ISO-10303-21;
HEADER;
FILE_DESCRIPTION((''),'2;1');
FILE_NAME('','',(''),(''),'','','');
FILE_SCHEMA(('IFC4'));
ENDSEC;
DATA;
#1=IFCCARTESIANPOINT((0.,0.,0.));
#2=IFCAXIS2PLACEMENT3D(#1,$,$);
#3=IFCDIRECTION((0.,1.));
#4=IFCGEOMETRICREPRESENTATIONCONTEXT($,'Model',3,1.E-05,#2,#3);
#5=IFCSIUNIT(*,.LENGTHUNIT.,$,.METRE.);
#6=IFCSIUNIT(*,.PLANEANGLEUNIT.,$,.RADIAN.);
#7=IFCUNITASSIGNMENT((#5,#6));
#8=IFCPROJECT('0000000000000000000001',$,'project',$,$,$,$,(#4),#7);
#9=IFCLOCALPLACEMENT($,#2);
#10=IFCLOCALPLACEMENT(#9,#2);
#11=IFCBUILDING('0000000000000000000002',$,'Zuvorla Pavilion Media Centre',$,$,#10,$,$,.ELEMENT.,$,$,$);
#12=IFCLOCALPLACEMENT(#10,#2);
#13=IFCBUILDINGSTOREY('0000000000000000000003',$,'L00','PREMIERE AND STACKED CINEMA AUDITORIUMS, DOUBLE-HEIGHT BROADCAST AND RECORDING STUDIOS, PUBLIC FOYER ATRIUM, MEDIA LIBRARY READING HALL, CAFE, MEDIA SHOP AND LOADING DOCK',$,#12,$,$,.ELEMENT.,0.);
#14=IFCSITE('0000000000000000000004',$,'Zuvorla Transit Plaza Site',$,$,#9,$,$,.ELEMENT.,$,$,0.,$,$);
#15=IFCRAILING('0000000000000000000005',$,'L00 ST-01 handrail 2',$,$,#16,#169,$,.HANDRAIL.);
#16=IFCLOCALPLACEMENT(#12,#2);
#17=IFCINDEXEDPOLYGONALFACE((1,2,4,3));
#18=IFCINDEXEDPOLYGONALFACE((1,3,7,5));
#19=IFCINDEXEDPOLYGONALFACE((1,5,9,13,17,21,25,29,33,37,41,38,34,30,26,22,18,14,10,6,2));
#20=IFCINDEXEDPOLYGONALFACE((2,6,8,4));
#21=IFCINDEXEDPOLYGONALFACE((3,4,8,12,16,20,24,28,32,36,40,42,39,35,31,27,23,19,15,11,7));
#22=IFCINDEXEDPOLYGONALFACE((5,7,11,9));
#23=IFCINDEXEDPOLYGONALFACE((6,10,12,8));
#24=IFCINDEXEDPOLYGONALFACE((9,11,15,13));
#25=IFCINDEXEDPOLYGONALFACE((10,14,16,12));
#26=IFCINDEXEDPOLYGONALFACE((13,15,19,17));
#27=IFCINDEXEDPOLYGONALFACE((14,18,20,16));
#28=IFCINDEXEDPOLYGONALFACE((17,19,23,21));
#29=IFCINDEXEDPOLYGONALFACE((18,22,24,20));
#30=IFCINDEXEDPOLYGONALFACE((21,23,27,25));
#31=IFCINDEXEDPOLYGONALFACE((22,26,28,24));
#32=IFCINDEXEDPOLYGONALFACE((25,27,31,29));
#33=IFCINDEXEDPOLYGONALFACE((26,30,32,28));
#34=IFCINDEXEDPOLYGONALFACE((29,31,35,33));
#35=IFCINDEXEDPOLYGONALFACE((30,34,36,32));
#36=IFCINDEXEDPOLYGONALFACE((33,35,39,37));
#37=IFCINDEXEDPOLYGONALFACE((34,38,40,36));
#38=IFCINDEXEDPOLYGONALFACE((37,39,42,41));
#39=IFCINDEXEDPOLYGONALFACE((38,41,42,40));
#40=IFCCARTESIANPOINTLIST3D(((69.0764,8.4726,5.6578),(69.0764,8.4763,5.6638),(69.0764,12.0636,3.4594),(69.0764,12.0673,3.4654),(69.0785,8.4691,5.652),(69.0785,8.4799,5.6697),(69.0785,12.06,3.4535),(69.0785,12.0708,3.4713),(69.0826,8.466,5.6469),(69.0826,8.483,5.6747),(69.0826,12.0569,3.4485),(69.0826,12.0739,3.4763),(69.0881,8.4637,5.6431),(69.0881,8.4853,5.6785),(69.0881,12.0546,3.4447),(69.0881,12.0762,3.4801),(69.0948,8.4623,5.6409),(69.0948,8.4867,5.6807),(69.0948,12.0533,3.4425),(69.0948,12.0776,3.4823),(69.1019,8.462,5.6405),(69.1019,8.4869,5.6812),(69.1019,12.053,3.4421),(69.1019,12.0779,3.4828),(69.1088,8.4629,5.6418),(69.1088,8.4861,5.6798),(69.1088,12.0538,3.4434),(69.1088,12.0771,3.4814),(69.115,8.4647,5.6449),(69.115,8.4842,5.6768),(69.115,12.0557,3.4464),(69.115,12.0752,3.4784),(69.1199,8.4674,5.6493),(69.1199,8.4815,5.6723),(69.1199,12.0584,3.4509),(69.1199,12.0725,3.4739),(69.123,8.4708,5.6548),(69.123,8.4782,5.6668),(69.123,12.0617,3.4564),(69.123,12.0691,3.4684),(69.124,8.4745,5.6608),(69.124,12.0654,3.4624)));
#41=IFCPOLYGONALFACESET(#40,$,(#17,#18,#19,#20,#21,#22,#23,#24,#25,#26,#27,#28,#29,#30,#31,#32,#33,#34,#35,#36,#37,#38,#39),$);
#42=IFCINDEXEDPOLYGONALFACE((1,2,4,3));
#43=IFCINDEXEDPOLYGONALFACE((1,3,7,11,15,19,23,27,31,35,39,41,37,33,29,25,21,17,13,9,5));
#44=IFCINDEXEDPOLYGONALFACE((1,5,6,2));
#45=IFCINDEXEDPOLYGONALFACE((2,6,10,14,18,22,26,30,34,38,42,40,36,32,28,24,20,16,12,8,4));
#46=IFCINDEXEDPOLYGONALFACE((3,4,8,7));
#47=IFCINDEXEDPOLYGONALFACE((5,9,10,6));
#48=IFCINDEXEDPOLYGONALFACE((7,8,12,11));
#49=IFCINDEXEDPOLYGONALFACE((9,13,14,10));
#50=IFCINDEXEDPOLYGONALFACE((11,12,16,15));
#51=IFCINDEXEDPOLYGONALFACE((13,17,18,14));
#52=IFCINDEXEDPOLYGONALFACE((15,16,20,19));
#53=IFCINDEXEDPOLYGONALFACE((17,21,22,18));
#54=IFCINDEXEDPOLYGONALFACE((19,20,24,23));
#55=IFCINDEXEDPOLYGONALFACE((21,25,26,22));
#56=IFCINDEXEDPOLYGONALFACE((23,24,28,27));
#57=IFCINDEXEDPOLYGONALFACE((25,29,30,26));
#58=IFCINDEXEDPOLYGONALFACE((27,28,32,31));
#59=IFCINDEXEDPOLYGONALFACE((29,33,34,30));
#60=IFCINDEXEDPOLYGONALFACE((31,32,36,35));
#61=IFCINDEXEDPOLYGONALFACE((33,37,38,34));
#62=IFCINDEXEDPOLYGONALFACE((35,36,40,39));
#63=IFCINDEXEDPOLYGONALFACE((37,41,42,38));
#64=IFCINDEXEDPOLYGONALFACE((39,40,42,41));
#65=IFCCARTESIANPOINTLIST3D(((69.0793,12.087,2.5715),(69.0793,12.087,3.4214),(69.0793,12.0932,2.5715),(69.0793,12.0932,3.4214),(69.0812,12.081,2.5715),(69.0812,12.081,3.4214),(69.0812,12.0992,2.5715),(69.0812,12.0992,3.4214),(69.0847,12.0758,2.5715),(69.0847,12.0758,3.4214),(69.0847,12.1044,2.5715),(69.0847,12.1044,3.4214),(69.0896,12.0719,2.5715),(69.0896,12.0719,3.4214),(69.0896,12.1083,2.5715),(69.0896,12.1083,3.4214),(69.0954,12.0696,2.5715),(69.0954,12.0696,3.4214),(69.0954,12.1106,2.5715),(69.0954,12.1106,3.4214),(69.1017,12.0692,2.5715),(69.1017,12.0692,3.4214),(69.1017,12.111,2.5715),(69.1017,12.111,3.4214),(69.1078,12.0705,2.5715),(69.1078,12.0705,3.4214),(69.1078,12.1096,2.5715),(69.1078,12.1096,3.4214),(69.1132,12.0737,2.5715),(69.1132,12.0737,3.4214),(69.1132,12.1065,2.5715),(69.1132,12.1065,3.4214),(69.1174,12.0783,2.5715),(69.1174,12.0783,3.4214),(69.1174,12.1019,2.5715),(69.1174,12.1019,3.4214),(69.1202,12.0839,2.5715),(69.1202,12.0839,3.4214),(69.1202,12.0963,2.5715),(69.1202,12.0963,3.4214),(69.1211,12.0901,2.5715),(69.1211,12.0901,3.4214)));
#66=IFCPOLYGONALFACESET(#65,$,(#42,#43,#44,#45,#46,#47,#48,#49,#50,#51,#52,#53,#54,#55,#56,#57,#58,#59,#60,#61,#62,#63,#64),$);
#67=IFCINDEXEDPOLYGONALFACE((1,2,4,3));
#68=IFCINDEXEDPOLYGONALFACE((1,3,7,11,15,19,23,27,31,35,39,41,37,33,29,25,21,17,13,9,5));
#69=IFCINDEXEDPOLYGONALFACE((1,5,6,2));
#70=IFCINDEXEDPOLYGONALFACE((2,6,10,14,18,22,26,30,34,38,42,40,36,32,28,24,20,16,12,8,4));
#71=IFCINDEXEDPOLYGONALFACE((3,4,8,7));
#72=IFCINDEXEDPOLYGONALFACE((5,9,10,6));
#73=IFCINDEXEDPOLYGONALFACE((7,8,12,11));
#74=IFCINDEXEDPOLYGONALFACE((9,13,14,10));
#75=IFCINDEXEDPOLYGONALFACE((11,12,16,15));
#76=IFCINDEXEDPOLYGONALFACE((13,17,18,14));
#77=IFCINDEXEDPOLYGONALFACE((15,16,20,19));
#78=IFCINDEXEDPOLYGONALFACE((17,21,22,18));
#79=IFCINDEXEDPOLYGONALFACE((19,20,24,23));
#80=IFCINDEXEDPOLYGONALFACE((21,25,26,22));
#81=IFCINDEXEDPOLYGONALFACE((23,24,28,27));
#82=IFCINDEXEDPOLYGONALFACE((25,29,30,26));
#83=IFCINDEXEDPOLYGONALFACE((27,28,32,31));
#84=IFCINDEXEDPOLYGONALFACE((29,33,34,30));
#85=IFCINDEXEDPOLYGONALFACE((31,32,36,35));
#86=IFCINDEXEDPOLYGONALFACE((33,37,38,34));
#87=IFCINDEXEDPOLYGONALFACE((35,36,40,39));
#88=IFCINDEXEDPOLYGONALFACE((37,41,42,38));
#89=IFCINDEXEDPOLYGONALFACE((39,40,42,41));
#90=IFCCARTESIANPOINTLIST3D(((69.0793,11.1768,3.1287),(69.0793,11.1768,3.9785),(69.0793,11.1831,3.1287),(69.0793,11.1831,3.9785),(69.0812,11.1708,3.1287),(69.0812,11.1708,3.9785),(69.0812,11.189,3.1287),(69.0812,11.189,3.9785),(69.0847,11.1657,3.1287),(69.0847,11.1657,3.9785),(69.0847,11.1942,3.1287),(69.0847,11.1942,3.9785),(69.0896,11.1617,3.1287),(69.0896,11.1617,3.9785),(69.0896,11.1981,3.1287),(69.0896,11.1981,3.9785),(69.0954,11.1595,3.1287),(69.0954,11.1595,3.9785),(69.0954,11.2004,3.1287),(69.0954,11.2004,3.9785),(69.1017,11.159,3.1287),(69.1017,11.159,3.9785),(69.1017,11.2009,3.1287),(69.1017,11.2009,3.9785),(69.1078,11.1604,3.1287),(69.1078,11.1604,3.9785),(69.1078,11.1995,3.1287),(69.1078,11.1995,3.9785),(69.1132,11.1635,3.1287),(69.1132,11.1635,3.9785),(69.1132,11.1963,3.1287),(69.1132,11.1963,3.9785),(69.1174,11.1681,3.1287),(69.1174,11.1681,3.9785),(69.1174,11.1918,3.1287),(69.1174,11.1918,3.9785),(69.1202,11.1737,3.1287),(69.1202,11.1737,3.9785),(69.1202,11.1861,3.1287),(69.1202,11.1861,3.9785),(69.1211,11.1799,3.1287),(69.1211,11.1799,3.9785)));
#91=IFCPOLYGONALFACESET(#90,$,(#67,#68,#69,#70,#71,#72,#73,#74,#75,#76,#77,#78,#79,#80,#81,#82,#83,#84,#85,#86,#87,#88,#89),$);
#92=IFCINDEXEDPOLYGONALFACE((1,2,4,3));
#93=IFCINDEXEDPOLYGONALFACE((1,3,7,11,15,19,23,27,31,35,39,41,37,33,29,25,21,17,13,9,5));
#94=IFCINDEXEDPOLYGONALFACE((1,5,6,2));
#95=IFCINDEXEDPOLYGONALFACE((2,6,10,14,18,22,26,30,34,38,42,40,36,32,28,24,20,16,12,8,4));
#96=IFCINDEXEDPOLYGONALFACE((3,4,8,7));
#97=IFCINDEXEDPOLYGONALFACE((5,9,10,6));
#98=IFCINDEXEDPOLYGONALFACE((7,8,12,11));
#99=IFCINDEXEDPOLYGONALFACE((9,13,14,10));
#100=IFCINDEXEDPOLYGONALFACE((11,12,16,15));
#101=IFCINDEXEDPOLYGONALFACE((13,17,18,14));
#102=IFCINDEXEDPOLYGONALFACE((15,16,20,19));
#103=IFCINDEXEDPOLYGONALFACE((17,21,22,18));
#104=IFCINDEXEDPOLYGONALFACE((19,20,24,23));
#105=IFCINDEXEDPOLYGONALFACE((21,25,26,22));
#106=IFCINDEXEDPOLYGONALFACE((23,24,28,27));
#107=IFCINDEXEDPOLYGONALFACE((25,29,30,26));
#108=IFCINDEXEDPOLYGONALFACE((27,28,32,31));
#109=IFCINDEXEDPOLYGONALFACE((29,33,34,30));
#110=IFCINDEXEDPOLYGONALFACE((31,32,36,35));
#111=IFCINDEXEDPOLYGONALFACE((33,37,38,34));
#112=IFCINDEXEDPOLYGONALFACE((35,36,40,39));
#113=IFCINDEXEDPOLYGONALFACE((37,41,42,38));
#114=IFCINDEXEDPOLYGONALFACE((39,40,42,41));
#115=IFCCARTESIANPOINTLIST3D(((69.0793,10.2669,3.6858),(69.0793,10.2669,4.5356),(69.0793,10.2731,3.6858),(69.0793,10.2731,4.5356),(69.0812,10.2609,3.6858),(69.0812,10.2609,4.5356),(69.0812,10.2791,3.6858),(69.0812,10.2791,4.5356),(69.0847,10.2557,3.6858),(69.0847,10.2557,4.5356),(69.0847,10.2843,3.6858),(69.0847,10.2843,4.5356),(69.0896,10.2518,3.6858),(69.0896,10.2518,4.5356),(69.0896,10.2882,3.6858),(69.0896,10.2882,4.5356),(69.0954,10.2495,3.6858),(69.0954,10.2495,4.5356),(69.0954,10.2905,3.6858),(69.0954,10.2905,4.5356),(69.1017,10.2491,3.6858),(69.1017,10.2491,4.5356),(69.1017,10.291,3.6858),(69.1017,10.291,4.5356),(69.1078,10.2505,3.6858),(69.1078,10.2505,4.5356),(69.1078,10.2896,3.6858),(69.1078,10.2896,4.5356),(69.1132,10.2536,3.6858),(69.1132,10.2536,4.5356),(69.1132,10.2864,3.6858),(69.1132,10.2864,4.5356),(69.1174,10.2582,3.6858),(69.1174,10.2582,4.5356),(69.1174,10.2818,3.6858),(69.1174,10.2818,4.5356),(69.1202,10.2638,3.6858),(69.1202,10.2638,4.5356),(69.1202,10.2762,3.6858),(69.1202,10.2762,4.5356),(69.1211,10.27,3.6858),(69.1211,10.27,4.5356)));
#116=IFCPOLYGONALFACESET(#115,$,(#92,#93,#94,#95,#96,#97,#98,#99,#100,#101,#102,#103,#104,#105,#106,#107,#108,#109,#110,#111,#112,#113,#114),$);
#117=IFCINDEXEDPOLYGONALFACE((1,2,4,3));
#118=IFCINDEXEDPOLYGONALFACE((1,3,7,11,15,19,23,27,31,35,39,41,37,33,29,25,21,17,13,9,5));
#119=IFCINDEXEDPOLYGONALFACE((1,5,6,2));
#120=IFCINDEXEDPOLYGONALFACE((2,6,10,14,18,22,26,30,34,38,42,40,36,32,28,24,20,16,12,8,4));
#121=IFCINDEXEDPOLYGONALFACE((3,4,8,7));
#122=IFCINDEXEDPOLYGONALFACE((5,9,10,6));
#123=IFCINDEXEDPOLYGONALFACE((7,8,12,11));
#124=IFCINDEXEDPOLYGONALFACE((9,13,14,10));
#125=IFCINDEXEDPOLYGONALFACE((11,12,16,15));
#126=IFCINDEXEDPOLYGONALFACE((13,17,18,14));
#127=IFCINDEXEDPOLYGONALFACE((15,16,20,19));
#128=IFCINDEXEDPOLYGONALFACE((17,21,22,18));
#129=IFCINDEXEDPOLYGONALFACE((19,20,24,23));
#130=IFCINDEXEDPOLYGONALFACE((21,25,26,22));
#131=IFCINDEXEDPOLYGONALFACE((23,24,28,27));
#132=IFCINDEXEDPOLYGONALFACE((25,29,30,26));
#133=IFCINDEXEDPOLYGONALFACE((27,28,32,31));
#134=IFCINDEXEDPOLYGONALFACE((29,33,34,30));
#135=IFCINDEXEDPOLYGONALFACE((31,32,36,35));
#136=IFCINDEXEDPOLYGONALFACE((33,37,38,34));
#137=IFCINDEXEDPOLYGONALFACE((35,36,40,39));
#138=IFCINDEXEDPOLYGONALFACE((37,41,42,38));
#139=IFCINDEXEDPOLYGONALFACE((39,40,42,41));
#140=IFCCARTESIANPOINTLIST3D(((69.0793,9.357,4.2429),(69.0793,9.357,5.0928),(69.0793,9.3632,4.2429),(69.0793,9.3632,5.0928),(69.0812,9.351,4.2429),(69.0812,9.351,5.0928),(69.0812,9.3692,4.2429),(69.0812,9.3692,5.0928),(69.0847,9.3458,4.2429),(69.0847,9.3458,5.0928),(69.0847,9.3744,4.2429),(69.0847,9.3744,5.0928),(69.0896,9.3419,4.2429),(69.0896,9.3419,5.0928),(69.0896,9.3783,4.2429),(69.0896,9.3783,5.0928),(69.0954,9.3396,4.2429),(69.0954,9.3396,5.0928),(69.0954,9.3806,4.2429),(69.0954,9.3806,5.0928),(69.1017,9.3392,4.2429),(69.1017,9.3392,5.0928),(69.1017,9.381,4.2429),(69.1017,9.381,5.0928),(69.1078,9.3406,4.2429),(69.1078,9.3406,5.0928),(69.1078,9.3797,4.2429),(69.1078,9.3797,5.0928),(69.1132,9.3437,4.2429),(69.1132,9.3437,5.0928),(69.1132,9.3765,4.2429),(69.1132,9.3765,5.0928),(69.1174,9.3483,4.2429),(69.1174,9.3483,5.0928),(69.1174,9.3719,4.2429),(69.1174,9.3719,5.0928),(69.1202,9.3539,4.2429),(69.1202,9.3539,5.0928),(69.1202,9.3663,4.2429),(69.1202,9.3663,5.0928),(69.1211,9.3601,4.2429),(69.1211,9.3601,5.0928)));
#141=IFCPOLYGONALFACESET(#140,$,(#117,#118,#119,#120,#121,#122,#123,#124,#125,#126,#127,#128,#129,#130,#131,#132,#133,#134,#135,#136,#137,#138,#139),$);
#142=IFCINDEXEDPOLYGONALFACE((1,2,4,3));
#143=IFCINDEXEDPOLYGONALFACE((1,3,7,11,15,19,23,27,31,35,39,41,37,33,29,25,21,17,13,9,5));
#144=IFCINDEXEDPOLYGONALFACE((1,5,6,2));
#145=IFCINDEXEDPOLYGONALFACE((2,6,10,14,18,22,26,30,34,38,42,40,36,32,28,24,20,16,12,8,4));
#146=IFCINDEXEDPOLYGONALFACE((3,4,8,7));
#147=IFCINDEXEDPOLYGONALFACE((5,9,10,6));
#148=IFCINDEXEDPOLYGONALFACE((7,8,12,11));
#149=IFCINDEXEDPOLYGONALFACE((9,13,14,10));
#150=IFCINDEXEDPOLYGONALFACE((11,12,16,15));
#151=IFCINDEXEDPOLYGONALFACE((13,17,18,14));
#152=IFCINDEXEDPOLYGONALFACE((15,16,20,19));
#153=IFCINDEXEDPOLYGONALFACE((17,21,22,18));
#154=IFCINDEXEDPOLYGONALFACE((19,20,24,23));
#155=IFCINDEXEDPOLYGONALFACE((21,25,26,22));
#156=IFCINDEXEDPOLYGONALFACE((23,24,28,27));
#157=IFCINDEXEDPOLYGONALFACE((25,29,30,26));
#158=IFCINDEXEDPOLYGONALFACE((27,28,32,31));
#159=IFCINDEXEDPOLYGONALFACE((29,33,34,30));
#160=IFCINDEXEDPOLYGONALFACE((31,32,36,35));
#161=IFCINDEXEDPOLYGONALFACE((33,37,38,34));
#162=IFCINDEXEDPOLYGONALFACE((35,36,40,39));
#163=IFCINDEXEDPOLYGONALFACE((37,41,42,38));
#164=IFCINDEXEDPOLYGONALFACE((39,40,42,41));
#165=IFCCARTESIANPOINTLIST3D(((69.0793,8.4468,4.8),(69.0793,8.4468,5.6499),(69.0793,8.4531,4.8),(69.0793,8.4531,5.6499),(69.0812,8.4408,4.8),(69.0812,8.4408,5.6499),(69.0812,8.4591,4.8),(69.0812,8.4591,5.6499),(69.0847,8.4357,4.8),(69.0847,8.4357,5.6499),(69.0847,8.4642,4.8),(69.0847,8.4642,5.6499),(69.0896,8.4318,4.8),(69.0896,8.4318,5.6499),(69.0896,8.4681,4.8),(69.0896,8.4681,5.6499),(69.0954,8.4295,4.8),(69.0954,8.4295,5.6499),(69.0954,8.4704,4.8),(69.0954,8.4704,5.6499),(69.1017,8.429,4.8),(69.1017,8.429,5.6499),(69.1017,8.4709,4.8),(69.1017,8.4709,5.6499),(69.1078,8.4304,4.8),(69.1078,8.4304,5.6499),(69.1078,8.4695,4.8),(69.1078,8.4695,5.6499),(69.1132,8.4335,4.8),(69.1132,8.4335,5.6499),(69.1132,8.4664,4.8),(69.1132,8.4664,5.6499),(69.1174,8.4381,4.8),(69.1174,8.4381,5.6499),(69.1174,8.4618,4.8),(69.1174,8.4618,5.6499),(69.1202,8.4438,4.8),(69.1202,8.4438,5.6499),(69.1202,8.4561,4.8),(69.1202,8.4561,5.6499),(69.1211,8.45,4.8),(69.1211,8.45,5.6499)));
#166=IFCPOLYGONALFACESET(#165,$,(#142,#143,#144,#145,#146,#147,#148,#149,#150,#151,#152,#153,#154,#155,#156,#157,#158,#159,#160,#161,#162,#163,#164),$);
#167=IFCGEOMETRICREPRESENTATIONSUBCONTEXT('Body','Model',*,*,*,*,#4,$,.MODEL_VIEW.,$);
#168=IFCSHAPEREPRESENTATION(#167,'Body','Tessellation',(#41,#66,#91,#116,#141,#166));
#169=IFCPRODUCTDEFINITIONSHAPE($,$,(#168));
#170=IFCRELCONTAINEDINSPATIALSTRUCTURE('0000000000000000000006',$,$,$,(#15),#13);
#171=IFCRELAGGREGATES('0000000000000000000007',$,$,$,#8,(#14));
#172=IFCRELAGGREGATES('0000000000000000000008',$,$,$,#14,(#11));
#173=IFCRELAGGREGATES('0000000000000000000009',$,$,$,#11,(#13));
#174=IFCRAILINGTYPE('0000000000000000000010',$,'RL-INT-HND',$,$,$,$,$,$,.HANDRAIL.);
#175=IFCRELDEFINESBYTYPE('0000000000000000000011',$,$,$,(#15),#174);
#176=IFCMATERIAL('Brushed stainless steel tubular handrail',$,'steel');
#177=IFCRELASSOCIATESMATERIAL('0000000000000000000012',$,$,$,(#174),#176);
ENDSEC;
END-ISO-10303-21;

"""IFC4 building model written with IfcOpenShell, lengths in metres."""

from ifc_helpers import new_model, si_unit, direction, frame, origin, origin_2d, place, context, subcontext, project, spatial, circle, extrude, material, type_object, element, save


model = new_model("IFC4")

# Units and contexts
model_context = context("Model", 3, precision=1e-05, world=origin(), true_north=direction((0.0, 1.0)))
body_context = subcontext(model_context, "Body", "Model", "MODEL_VIEW")
ifc_project = project(units=[si_unit("LENGTHUNIT", "METRE"), si_unit("PLANEANGLEUNIT", "RADIAN")], contexts=[model_context])

# Site, building, storey
site_placement = place(None, origin())
site = spatial("IfcSite", under=ifc_project, at=site_placement, Name="Zuvorla Transit Plaza Site", CompositionType="ELEMENT", RefElevation=0.0)
building_placement = place(site_placement, origin())
building = spatial("IfcBuilding", under=site, at=building_placement, Name="Zuvorla Pavilion Media Centre", CompositionType="ELEMENT")
storey_placement = place(building_placement, origin())
storey = spatial("IfcBuildingStorey", under=building, at=storey_placement, Name="L00", Description="PREMIERE AND STACKED CINEMA AUDITORIUMS, DOUBLE-HEIGHT BROADCAST AND RECORDING STUDIOS, PUBLIC FOYER ATRIUM, MEDIA LIBRARY READING HALL, CAFE, MEDIA SHOP AND LOADING DOCK", CompositionType="ELEMENT", Elevation=0.0)

# Railing
ifc_material_1 = material(Name="Brushed stainless steel tubular handrail", Category="steel")
railing_type_1 = type_object("IfcRailingType", Name="RL-INT-HND", PredefinedType="HANDRAIL", material=ifc_material_1)
railing_1_placement = place(storey_placement, frame((69.1001, 12.0901, 2.5715)))
element("IfcRailing", 1, at=railing_1_placement, inside=storey, type_object=railing_type_1, Name="L00 ST-01 handrail 2", PredefinedType="HANDRAIL", context=body_context, shape_type="SweptSolid", body=[
    extrude(circle(Radius=0.0239, at=origin_2d()), frame((0.0, -0.0247, 0.8909), z_axis=(0.0, -0.852866, 0.52213), x_axis=(1.0, 0.0, 0.0)), (0.0, 0.0, 1.0), 4.2104),
    extrude(circle(Radius=0.021, at=origin_2d()), origin(), (0.0, 0.0, 1.0), 0.8499),
    extrude(circle(Radius=0.021, at=origin_2d()), frame((0.0, -0.9102, 0.5571)), (0.0, 0.0, 1.0), 0.8499),
    extrude(circle(Radius=0.021, at=origin_2d()), frame((0.0, -1.8201, 1.1143)), (0.0, 0.0, 1.0), 0.8499),
    extrude(circle(Radius=0.021, at=origin_2d()), frame((0.0, -2.73, 1.6714)), (0.0, 0.0, 1.0), 0.8499),
    extrude(circle(Radius=0.021, at=origin_2d()), frame((0.0, -3.6401, 2.2285)), (0.0, 0.0, 1.0), 0.8499),
])

save(model, "model.ifc")
